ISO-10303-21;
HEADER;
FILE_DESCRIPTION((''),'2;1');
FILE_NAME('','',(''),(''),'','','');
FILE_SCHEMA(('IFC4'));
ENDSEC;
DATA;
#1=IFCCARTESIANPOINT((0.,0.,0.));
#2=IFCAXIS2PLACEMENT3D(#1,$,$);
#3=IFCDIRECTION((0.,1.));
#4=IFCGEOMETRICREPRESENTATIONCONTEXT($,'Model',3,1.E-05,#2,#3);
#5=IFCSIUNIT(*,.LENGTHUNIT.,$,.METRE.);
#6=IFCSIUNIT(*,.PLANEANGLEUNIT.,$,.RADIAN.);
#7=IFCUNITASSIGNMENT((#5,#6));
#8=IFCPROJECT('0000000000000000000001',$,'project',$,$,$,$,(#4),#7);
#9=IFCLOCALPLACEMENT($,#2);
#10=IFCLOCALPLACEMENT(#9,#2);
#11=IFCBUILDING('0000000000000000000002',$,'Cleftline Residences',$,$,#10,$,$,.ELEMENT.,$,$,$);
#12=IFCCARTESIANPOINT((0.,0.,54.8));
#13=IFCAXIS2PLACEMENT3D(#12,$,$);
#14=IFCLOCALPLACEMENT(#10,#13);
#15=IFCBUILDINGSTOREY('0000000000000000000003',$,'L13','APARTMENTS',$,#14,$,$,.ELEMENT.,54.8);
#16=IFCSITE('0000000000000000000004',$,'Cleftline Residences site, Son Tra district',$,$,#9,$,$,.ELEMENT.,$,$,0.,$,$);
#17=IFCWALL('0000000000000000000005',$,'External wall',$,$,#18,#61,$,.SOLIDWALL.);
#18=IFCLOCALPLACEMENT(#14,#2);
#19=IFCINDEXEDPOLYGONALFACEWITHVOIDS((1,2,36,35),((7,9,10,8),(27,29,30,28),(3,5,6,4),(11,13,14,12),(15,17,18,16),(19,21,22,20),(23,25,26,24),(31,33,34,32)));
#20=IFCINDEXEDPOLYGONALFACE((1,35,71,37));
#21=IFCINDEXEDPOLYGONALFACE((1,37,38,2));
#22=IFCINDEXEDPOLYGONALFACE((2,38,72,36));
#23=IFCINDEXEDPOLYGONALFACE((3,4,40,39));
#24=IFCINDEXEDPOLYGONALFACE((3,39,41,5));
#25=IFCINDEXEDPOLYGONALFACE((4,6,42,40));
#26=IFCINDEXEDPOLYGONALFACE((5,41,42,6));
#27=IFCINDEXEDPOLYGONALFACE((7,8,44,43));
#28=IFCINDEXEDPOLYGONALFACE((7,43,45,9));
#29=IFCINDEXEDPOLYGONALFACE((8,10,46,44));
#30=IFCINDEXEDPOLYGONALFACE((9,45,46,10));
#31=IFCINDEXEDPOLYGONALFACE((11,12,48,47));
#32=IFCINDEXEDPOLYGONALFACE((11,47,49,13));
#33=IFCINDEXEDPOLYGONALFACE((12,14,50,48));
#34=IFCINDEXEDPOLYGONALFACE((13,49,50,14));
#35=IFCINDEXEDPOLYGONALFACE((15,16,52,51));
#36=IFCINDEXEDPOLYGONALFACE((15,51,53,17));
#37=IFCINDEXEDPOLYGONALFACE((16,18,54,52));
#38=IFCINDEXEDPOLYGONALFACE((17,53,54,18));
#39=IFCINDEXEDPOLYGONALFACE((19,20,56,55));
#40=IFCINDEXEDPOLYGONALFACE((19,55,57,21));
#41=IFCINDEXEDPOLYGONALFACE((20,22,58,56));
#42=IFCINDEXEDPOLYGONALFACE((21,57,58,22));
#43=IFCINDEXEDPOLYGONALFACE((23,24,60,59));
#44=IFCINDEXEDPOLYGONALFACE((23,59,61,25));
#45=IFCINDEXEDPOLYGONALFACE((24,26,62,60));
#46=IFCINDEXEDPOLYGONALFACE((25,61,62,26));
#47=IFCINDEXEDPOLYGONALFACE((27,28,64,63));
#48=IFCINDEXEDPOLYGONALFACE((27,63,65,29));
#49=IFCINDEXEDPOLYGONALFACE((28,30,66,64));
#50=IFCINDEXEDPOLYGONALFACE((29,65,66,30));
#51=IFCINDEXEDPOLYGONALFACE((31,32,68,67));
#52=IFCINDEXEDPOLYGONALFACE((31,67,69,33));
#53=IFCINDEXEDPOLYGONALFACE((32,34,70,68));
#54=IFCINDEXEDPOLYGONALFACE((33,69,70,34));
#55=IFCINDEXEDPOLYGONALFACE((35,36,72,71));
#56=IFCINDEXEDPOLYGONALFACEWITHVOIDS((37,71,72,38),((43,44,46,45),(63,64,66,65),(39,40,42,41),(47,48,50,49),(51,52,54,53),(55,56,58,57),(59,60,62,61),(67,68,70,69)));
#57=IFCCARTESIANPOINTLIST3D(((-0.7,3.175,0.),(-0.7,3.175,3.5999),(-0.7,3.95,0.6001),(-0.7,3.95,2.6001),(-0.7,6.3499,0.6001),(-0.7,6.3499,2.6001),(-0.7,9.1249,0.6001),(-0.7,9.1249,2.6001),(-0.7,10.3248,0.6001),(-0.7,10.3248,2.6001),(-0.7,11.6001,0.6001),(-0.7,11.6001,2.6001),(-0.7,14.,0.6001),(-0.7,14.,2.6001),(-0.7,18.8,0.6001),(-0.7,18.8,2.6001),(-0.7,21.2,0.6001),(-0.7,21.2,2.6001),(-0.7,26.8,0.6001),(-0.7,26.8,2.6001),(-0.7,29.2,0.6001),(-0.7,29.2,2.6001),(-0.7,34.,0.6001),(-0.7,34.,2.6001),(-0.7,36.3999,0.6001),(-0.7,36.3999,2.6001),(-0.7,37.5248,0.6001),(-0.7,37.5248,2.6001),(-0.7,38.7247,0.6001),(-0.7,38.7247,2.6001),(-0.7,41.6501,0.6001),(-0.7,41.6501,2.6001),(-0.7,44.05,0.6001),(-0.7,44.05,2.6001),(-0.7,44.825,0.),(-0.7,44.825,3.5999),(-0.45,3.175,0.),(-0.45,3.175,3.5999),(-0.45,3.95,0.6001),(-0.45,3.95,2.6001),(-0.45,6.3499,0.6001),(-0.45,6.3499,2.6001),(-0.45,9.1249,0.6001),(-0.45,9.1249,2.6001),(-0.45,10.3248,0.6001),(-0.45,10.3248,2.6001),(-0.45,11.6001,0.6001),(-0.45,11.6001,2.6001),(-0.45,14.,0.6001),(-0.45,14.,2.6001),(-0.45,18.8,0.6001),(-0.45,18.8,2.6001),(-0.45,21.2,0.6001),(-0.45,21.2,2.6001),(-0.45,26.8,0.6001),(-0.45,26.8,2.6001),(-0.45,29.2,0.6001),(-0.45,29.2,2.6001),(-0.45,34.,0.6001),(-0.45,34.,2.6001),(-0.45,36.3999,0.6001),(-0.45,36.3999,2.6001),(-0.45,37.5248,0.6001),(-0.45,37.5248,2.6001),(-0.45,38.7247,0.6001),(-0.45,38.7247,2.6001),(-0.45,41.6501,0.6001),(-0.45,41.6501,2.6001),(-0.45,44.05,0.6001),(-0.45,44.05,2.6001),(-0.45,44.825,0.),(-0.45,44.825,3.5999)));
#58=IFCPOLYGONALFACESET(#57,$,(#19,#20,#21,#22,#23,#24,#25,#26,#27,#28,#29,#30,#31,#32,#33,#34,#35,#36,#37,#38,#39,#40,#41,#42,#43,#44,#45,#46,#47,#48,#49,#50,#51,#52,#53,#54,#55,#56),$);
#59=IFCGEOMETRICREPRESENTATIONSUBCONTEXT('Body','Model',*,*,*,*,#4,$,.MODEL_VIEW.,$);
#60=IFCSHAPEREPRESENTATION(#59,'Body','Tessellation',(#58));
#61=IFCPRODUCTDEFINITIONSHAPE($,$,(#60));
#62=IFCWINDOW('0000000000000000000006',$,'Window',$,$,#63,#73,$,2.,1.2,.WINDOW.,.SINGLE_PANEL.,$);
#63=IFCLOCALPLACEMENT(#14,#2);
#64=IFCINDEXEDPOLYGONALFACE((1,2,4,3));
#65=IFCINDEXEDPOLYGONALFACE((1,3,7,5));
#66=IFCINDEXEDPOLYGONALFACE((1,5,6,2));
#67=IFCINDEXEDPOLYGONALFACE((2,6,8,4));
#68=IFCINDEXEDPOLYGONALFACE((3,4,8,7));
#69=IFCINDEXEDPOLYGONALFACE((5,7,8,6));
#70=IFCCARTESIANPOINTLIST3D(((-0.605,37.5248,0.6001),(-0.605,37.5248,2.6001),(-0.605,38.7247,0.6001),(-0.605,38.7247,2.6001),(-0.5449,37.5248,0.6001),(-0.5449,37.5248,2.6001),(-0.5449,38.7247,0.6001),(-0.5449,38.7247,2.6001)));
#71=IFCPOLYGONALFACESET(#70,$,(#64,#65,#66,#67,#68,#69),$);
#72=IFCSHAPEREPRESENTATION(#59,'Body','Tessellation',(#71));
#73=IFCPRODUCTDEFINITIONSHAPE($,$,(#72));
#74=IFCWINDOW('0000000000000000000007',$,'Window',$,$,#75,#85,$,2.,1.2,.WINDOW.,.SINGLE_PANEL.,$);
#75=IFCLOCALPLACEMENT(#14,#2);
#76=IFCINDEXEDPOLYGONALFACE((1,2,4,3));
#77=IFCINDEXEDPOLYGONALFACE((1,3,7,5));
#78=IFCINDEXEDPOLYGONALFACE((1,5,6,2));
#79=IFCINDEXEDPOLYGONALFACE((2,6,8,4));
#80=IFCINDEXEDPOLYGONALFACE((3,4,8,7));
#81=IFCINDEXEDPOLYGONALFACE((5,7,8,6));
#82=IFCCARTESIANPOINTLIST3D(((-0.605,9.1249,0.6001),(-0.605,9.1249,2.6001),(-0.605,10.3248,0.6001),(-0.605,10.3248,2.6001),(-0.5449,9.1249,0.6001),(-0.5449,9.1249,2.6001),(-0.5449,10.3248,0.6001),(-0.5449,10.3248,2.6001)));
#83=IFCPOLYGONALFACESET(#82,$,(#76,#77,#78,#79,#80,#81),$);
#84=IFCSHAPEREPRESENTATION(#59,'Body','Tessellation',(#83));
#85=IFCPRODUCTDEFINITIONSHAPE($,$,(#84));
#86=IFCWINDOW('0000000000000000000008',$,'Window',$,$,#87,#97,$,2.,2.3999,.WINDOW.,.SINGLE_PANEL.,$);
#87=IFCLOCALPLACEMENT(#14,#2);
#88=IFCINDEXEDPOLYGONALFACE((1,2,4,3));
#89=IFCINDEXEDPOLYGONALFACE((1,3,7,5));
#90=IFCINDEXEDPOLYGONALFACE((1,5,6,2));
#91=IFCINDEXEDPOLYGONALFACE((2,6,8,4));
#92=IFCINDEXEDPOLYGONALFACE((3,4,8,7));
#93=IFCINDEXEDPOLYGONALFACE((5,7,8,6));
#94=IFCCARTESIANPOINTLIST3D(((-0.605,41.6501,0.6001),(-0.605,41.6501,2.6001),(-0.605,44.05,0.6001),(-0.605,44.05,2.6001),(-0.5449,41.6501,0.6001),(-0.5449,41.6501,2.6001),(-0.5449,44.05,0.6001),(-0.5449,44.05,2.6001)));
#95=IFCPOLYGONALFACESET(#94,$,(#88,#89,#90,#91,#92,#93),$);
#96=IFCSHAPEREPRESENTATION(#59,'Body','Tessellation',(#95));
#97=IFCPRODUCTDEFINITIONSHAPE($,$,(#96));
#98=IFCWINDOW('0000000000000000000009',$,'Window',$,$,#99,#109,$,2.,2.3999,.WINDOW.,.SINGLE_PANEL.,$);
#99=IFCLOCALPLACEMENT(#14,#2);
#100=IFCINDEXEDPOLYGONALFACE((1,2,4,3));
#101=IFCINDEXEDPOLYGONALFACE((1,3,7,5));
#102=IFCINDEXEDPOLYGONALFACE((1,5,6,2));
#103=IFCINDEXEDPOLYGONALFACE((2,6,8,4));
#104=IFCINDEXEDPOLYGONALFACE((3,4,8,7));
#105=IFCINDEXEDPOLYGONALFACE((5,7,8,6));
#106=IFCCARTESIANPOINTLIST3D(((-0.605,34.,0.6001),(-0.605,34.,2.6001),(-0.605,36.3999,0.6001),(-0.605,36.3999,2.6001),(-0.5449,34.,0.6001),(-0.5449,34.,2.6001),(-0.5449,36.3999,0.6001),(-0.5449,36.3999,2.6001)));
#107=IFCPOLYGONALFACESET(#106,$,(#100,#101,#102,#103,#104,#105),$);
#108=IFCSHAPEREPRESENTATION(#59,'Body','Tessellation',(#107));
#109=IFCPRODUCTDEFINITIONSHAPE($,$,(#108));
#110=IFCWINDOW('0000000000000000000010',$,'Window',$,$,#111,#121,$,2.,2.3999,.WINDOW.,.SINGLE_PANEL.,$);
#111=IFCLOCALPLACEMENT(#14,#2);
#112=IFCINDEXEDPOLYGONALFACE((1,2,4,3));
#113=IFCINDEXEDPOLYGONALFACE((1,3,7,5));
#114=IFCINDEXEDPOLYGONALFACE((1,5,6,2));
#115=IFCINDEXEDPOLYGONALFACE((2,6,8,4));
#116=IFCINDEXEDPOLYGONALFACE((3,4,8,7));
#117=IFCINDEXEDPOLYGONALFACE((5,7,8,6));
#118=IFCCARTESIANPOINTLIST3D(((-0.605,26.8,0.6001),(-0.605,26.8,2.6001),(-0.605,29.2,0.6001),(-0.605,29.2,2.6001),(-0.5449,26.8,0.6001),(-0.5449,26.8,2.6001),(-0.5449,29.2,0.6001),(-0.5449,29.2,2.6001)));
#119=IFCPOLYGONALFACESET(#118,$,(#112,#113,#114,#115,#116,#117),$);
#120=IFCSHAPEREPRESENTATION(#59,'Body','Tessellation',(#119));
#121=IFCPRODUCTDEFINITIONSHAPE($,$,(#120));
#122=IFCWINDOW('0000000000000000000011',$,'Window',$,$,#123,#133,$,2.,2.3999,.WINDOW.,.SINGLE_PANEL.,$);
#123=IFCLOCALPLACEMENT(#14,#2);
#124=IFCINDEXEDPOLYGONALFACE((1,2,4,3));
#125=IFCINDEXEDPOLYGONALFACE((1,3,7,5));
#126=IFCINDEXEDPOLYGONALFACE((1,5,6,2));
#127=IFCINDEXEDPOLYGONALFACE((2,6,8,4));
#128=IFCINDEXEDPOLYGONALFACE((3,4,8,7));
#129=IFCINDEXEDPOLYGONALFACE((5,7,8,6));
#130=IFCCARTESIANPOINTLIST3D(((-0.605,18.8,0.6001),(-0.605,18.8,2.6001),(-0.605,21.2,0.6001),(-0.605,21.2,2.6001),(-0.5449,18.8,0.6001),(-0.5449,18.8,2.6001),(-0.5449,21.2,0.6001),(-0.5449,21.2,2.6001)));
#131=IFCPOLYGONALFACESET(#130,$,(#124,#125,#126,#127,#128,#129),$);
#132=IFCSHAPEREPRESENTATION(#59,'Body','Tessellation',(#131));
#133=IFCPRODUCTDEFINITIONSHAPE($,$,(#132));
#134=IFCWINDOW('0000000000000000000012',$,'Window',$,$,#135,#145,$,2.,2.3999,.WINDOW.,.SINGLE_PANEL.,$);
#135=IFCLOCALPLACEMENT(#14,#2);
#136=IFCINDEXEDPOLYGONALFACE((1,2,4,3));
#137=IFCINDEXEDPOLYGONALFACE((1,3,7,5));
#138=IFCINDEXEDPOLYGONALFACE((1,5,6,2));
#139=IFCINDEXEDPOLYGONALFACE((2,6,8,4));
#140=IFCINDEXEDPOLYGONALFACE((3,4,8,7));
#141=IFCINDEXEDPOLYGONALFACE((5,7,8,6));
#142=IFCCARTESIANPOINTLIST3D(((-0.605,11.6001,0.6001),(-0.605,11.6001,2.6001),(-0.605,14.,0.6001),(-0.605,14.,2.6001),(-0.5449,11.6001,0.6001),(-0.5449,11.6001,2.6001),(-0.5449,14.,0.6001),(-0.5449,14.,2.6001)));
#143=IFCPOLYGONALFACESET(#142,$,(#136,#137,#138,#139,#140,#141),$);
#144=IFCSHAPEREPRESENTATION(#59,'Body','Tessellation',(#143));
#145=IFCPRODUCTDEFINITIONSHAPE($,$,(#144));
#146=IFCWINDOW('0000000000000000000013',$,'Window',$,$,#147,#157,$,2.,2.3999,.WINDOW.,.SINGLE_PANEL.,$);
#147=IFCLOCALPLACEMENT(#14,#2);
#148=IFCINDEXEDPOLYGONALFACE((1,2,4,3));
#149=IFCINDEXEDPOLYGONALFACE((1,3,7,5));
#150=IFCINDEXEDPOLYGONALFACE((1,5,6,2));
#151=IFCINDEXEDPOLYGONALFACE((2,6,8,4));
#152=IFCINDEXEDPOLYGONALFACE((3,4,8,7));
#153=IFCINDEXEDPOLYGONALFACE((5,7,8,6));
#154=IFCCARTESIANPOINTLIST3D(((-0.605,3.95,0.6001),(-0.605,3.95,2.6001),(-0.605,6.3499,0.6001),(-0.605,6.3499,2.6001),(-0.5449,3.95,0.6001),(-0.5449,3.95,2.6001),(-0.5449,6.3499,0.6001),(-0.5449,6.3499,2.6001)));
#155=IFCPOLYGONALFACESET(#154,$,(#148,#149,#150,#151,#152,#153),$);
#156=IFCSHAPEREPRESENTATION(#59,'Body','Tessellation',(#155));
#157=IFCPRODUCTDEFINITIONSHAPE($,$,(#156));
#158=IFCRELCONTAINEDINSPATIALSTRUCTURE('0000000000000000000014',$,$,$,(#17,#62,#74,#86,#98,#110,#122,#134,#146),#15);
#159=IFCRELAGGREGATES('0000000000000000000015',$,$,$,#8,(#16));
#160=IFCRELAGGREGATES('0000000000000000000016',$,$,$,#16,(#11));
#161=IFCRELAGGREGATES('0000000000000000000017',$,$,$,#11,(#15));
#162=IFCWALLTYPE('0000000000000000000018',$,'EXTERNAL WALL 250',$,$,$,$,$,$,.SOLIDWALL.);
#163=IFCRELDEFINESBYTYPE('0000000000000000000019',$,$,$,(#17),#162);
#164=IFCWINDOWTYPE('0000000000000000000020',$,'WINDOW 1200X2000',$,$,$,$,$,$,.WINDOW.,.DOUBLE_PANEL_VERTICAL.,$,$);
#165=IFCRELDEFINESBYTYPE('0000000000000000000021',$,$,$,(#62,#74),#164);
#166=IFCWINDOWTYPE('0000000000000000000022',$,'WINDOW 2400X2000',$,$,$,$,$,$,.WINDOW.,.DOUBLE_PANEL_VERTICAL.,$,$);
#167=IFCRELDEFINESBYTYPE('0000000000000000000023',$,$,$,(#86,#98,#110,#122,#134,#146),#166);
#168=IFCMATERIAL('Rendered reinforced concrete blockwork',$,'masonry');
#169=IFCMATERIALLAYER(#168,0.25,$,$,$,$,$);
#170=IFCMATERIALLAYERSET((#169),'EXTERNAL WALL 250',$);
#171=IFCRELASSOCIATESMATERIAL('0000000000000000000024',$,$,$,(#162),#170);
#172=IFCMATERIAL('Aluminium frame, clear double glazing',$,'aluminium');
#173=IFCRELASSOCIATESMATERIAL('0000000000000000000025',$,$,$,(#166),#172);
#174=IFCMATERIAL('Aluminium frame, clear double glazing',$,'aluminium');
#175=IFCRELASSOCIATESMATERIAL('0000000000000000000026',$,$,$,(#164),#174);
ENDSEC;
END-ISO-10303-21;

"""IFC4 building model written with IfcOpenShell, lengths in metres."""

from ifc_helpers import new_model, si_unit, direction, frame, frame_2d, origin, place, context, subcontext, project, spatial, rectangle, extrude, material, layer, layer_set, type_object, element, fill, save


model = new_model("IFC4")

# Units and contexts
model_context = context("Model", 3, precision=1e-05, world=origin(), true_north=direction((0.0, 1.0)))
body_context = subcontext(model_context, "Body", "Model", "MODEL_VIEW")
ifc_project = project(units=[si_unit("LENGTHUNIT", "METRE"), si_unit("PLANEANGLEUNIT", "RADIAN")], contexts=[model_context])

# Site, building, storey
site_placement = place(None, origin())
site = spatial("IfcSite", under=ifc_project, at=site_placement, Name="Cleftline Residences site, Son Tra district", CompositionType="ELEMENT", RefElevation=0.0)
building_placement = place(site_placement, origin())
building = spatial("IfcBuilding", under=site, at=building_placement, Name="Cleftline Residences", CompositionType="ELEMENT")
storey_placement = place(building_placement, frame((0.0, 0.0, 54.8)))
storey = spatial("IfcBuildingStorey", under=building, at=storey_placement, Name="L13", Description="APARTMENTS", CompositionType="ELEMENT", Elevation=54.8)

# Shared definitions
ifc_material_1 = material(Name="Rendered reinforced concrete blockwork", Category="masonry")
ifc_layer_1 = layer(ifc_material_1, 0.25)
ifc_layer_set_1 = layer_set([ifc_layer_1], Name="EXTERNAL WALL 250")
wall_type_1 = type_object("IfcWallType", Name="EXTERNAL WALL 250", PredefinedType="SOLIDWALL", material=ifc_layer_set_1)
ifc_material_2 = material(Name="Aluminium frame, clear double glazing", Category="aluminium")
window_type_1 = type_object("IfcWindowType", Name="WINDOW 2400X2000", PartitioningType="DOUBLE_PANEL_VERTICAL", PredefinedType="WINDOW", material=ifc_material_2)

# Wall, openings, windows
wall_1_placement = place(storey_placement, frame((-0.575, 44.825, 0.0), z_axis=(0.0, 0.0, 1.0), x_axis=(0.0, -1.0, 0.0)))
wall_1 = element("IfcWall", 1, at=wall_1_placement, inside=storey, type_object=wall_type_1, Name="External wall", PredefinedType="SOLIDWALL", context=body_context, shape_type="SweptSolid", body=[
    extrude(rectangle(XDim=41.6499, YDim=0.25, at=frame_2d((20.825, 0.0))), origin(), (0.0, 0.0, 1.0), 3.5999),
])
opening_1_placement = place(wall_1_placement, frame((0.7749, 0.0, 0.6001)))
opening_1 = element("IfcOpeningElement", 2, at=opening_1_placement, cuts=wall_1, PredefinedType="OPENING", context=body_context, shape_type="SweptSolid", body=[
    extrude(rectangle(XDim=2.3999, YDim=2.0, at=frame_2d((1.2, 1.0))), frame((0.0, 0.135, 0.0), z_axis=(0.0, -1.0, 0.0), x_axis=(1.0, 0.0, 0.0)), (0.0, 0.0, 1.0), 0.27),
])
opening_2_placement = place(wall_1_placement, frame((6.1001, 0.0, 0.6001)))
opening_2 = element("IfcOpeningElement", 3, at=opening_2_placement, cuts=wall_1, PredefinedType="OPENING", context=body_context, shape_type="SweptSolid", body=[
    extrude(rectangle(XDim=1.2, YDim=2.0, at=frame_2d((0.6001, 1.0))), frame((0.0, 0.135, 0.0), z_axis=(0.0, -1.0, 0.0), x_axis=(1.0, 0.0, 0.0)), (0.0, 0.0, 1.0), 0.27),
])
opening_3_placement = place(wall_1_placement, frame((8.425, 0.0, 0.6001)))
opening_3 = element("IfcOpeningElement", 4, at=opening_3_placement, cuts=wall_1, PredefinedType="OPENING", context=body_context, shape_type="SweptSolid", body=[
    extrude(rectangle(XDim=2.3999, YDim=2.0, at=frame_2d((1.2, 1.0))), frame((0.0, 0.135, 0.0), z_axis=(0.0, -1.0, 0.0), x_axis=(1.0, 0.0, 0.0)), (0.0, 0.0, 1.0), 0.27),
])
opening_4_placement = place(wall_1_placement, frame((15.625, 0.0, 0.6001)))
opening_4 = element("IfcOpeningElement", 5, at=opening_4_placement, cuts=wall_1, PredefinedType="OPENING", context=body_context, shape_type="SweptSolid", body=[
    extrude(rectangle(XDim=2.3999, YDim=2.0, at=frame_2d((1.2, 1.0))), frame((0.0, 0.135, 0.0), z_axis=(0.0, -1.0, 0.0), x_axis=(1.0, 0.0, 0.0)), (0.0, 0.0, 1.0), 0.27),
])
opening_5_placement = place(wall_1_placement, frame((23.625, 0.0, 0.6001)))
opening_5 = element("IfcOpeningElement", 6, at=opening_5_placement, cuts=wall_1, PredefinedType="OPENING", context=body_context, shape_type="SweptSolid", body=[
    extrude(rectangle(XDim=2.3999, YDim=2.0, at=frame_2d((1.2, 1.0))), frame((0.0, 0.135, 0.0), z_axis=(0.0, -1.0, 0.0), x_axis=(1.0, 0.0, 0.0)), (0.0, 0.0, 1.0), 0.27),
])
opening_6_placement = place(wall_1_placement, frame((30.825, 0.0, 0.6001)))
opening_6 = element("IfcOpeningElement", 7, at=opening_6_placement, cuts=wall_1, PredefinedType="OPENING", context=body_context, shape_type="SweptSolid", body=[
    extrude(rectangle(XDim=2.3999, YDim=2.0, at=frame_2d((1.2, 1.0))), frame((0.0, 0.135, 0.0), z_axis=(0.0, -1.0, 0.0), x_axis=(1.0, 0.0, 0.0)), (0.0, 0.0, 1.0), 0.27),
])
opening_7_placement = place(wall_1_placement, frame((34.5, 0.0, 0.6001)))
opening_7 = element("IfcOpeningElement", 8, at=opening_7_placement, cuts=wall_1, PredefinedType="OPENING", context=body_context, shape_type="SweptSolid", body=[
    extrude(rectangle(XDim=1.2, YDim=2.0, at=frame_2d((0.6001, 1.0))), frame((0.0, 0.135, 0.0), z_axis=(0.0, -1.0, 0.0), x_axis=(1.0, 0.0, 0.0)), (0.0, 0.0, 1.0), 0.27),
])
opening_8_placement = place(wall_1_placement, frame((38.4751, 0.0, 0.6001)))
opening_8 = element("IfcOpeningElement", 9, at=opening_8_placement, cuts=wall_1, PredefinedType="OPENING", context=body_context, shape_type="SweptSolid", body=[
    extrude(rectangle(XDim=2.3999, YDim=2.0, at=frame_2d((1.2, 1.0))), frame((0.0, 0.135, 0.0), z_axis=(0.0, -1.0, 0.0), x_axis=(1.0, 0.0, 0.0)), (0.0, 0.0, 1.0), 0.27),
])
ifc_material_3 = material(Name="Aluminium frame, clear double glazing", Category="aluminium")
window_type_2 = type_object("IfcWindowType", Name="WINDOW 1200X2000", PartitioningType="DOUBLE_PANEL_VERTICAL", PredefinedType="WINDOW", material=ifc_material_3)
window_1_placement = place(opening_2_placement, origin())
window_1 = element("IfcWindow", 10, at=window_1_placement, inside=storey, type_object=window_type_2, Name="Window", OverallHeight=2.0, OverallWidth=1.2, PartitioningType="SINGLE_PANEL", PredefinedType="WINDOW", context=body_context, shape_type="SweptSolid", body=[
    extrude(rectangle(XDim=1.2, YDim=2.0, at=frame_2d((0.6001, 1.0))), frame((0.0, 0.03, 0.0), z_axis=(0.0, -1.0, 0.0), x_axis=(1.0, 0.0, 0.0)), (0.0, 0.0, 1.0), 0.0601),
])
fill(opening_2, window_1)
window_2_placement = place(opening_7_placement, origin())
window_2 = element("IfcWindow", 11, at=window_2_placement, inside=storey, type_object=window_type_2, Name="Window", OverallHeight=2.0, OverallWidth=1.2, PartitioningType="SINGLE_PANEL", PredefinedType="WINDOW", context=body_context, shape_type="SweptSolid", body=[
    extrude(rectangle(XDim=1.2, YDim=2.0, at=frame_2d((0.6001, 1.0))), frame((0.0, 0.03, 0.0), z_axis=(0.0, -1.0, 0.0), x_axis=(1.0, 0.0, 0.0)), (0.0, 0.0, 1.0), 0.0601),
])
fill(opening_7, window_2)
window_3_placement = place(opening_1_placement, origin())
window_3 = element("IfcWindow", 12, at=window_3_placement, inside=storey, type_object=window_type_1, Name="Window", OverallHeight=2.0, OverallWidth=2.3999, PartitioningType="SINGLE_PANEL", PredefinedType="WINDOW", context=body_context, shape_type="SweptSolid", body=[
    extrude(rectangle(XDim=2.3999, YDim=2.0, at=frame_2d((1.2, 1.0))), frame((0.0, 0.03, 0.0), z_axis=(0.0, -1.0, 0.0), x_axis=(1.0, 0.0, 0.0)), (0.0, 0.0, 1.0), 0.0601),
])
fill(opening_1, window_3)
window_4_placement = place(opening_3_placement, origin())
window_4 = element("IfcWindow", 13, at=window_4_placement, inside=storey, type_object=window_type_1, Name="Window", OverallHeight=2.0, OverallWidth=2.3999, PartitioningType="SINGLE_PANEL", PredefinedType="WINDOW", context=body_context, shape_type="SweptSolid", body=[
    extrude(rectangle(XDim=2.3999, YDim=2.0, at=frame_2d((1.2, 1.0))), frame((0.0, 0.03, 0.0), z_axis=(0.0, -1.0, 0.0), x_axis=(1.0, 0.0, 0.0)), (0.0, 0.0, 1.0), 0.0601),
])
fill(opening_3, window_4)
window_5_placement = place(opening_4_placement, origin())
window_5 = element("IfcWindow", 14, at=window_5_placement, inside=storey, type_object=window_type_1, Name="Window", OverallHeight=2.0, OverallWidth=2.3999, PartitioningType="SINGLE_PANEL", PredefinedType="WINDOW", context=body_context, shape_type="SweptSolid", body=[
    extrude(rectangle(XDim=2.3999, YDim=2.0, at=frame_2d((1.2, 1.0))), frame((0.0, 0.03, 0.0), z_axis=(0.0, -1.0, 0.0), x_axis=(1.0, 0.0, 0.0)), (0.0, 0.0, 1.0), 0.0601),
])
fill(opening_4, window_5)
window_6_placement = place(opening_5_placement, origin())
window_6 = element("IfcWindow", 15, at=window_6_placement, inside=storey, type_object=window_type_1, Name="Window", OverallHeight=2.0, OverallWidth=2.3999, PartitioningType="SINGLE_PANEL", PredefinedType="WINDOW", context=body_context, shape_type="SweptSolid", body=[
    extrude(rectangle(XDim=2.3999, YDim=2.0, at=frame_2d((1.2, 1.0))), frame((0.0, 0.03, 0.0), z_axis=(0.0, -1.0, 0.0), x_axis=(1.0, 0.0, 0.0)), (0.0, 0.0, 1.0), 0.0601),
])
fill(opening_5, window_6)
window_7_placement = place(opening_6_placement, origin())
window_7 = element("IfcWindow", 16, at=window_7_placement, inside=storey, type_object=window_type_1, Name="Window", OverallHeight=2.0, OverallWidth=2.3999, PartitioningType="SINGLE_PANEL", PredefinedType="WINDOW", context=body_context, shape_type="SweptSolid", body=[
    extrude(rectangle(XDim=2.3999, YDim=2.0, at=frame_2d((1.2, 1.0))), frame((0.0, 0.03, 0.0), z_axis=(0.0, -1.0, 0.0), x_axis=(1.0, 0.0, 0.0)), (0.0, 0.0, 1.0), 0.0601),
])
fill(opening_6, window_7)
window_8_placement = place(opening_8_placement, origin())
window_8 = element("IfcWindow", 17, at=window_8_placement, inside=storey, type_object=window_type_1, Name="Window", OverallHeight=2.0, OverallWidth=2.3999, PartitioningType="SINGLE_PANEL", PredefinedType="WINDOW", context=body_context, shape_type="SweptSolid", body=[
    extrude(rectangle(XDim=2.3999, YDim=2.0, at=frame_2d((1.2, 1.0))), frame((0.0, 0.03, 0.0), z_axis=(0.0, -1.0, 0.0), x_axis=(1.0, 0.0, 0.0)), (0.0, 0.0, 1.0), 0.0601),
])
fill(opening_8, window_8)

save(model, "model.ifc")
